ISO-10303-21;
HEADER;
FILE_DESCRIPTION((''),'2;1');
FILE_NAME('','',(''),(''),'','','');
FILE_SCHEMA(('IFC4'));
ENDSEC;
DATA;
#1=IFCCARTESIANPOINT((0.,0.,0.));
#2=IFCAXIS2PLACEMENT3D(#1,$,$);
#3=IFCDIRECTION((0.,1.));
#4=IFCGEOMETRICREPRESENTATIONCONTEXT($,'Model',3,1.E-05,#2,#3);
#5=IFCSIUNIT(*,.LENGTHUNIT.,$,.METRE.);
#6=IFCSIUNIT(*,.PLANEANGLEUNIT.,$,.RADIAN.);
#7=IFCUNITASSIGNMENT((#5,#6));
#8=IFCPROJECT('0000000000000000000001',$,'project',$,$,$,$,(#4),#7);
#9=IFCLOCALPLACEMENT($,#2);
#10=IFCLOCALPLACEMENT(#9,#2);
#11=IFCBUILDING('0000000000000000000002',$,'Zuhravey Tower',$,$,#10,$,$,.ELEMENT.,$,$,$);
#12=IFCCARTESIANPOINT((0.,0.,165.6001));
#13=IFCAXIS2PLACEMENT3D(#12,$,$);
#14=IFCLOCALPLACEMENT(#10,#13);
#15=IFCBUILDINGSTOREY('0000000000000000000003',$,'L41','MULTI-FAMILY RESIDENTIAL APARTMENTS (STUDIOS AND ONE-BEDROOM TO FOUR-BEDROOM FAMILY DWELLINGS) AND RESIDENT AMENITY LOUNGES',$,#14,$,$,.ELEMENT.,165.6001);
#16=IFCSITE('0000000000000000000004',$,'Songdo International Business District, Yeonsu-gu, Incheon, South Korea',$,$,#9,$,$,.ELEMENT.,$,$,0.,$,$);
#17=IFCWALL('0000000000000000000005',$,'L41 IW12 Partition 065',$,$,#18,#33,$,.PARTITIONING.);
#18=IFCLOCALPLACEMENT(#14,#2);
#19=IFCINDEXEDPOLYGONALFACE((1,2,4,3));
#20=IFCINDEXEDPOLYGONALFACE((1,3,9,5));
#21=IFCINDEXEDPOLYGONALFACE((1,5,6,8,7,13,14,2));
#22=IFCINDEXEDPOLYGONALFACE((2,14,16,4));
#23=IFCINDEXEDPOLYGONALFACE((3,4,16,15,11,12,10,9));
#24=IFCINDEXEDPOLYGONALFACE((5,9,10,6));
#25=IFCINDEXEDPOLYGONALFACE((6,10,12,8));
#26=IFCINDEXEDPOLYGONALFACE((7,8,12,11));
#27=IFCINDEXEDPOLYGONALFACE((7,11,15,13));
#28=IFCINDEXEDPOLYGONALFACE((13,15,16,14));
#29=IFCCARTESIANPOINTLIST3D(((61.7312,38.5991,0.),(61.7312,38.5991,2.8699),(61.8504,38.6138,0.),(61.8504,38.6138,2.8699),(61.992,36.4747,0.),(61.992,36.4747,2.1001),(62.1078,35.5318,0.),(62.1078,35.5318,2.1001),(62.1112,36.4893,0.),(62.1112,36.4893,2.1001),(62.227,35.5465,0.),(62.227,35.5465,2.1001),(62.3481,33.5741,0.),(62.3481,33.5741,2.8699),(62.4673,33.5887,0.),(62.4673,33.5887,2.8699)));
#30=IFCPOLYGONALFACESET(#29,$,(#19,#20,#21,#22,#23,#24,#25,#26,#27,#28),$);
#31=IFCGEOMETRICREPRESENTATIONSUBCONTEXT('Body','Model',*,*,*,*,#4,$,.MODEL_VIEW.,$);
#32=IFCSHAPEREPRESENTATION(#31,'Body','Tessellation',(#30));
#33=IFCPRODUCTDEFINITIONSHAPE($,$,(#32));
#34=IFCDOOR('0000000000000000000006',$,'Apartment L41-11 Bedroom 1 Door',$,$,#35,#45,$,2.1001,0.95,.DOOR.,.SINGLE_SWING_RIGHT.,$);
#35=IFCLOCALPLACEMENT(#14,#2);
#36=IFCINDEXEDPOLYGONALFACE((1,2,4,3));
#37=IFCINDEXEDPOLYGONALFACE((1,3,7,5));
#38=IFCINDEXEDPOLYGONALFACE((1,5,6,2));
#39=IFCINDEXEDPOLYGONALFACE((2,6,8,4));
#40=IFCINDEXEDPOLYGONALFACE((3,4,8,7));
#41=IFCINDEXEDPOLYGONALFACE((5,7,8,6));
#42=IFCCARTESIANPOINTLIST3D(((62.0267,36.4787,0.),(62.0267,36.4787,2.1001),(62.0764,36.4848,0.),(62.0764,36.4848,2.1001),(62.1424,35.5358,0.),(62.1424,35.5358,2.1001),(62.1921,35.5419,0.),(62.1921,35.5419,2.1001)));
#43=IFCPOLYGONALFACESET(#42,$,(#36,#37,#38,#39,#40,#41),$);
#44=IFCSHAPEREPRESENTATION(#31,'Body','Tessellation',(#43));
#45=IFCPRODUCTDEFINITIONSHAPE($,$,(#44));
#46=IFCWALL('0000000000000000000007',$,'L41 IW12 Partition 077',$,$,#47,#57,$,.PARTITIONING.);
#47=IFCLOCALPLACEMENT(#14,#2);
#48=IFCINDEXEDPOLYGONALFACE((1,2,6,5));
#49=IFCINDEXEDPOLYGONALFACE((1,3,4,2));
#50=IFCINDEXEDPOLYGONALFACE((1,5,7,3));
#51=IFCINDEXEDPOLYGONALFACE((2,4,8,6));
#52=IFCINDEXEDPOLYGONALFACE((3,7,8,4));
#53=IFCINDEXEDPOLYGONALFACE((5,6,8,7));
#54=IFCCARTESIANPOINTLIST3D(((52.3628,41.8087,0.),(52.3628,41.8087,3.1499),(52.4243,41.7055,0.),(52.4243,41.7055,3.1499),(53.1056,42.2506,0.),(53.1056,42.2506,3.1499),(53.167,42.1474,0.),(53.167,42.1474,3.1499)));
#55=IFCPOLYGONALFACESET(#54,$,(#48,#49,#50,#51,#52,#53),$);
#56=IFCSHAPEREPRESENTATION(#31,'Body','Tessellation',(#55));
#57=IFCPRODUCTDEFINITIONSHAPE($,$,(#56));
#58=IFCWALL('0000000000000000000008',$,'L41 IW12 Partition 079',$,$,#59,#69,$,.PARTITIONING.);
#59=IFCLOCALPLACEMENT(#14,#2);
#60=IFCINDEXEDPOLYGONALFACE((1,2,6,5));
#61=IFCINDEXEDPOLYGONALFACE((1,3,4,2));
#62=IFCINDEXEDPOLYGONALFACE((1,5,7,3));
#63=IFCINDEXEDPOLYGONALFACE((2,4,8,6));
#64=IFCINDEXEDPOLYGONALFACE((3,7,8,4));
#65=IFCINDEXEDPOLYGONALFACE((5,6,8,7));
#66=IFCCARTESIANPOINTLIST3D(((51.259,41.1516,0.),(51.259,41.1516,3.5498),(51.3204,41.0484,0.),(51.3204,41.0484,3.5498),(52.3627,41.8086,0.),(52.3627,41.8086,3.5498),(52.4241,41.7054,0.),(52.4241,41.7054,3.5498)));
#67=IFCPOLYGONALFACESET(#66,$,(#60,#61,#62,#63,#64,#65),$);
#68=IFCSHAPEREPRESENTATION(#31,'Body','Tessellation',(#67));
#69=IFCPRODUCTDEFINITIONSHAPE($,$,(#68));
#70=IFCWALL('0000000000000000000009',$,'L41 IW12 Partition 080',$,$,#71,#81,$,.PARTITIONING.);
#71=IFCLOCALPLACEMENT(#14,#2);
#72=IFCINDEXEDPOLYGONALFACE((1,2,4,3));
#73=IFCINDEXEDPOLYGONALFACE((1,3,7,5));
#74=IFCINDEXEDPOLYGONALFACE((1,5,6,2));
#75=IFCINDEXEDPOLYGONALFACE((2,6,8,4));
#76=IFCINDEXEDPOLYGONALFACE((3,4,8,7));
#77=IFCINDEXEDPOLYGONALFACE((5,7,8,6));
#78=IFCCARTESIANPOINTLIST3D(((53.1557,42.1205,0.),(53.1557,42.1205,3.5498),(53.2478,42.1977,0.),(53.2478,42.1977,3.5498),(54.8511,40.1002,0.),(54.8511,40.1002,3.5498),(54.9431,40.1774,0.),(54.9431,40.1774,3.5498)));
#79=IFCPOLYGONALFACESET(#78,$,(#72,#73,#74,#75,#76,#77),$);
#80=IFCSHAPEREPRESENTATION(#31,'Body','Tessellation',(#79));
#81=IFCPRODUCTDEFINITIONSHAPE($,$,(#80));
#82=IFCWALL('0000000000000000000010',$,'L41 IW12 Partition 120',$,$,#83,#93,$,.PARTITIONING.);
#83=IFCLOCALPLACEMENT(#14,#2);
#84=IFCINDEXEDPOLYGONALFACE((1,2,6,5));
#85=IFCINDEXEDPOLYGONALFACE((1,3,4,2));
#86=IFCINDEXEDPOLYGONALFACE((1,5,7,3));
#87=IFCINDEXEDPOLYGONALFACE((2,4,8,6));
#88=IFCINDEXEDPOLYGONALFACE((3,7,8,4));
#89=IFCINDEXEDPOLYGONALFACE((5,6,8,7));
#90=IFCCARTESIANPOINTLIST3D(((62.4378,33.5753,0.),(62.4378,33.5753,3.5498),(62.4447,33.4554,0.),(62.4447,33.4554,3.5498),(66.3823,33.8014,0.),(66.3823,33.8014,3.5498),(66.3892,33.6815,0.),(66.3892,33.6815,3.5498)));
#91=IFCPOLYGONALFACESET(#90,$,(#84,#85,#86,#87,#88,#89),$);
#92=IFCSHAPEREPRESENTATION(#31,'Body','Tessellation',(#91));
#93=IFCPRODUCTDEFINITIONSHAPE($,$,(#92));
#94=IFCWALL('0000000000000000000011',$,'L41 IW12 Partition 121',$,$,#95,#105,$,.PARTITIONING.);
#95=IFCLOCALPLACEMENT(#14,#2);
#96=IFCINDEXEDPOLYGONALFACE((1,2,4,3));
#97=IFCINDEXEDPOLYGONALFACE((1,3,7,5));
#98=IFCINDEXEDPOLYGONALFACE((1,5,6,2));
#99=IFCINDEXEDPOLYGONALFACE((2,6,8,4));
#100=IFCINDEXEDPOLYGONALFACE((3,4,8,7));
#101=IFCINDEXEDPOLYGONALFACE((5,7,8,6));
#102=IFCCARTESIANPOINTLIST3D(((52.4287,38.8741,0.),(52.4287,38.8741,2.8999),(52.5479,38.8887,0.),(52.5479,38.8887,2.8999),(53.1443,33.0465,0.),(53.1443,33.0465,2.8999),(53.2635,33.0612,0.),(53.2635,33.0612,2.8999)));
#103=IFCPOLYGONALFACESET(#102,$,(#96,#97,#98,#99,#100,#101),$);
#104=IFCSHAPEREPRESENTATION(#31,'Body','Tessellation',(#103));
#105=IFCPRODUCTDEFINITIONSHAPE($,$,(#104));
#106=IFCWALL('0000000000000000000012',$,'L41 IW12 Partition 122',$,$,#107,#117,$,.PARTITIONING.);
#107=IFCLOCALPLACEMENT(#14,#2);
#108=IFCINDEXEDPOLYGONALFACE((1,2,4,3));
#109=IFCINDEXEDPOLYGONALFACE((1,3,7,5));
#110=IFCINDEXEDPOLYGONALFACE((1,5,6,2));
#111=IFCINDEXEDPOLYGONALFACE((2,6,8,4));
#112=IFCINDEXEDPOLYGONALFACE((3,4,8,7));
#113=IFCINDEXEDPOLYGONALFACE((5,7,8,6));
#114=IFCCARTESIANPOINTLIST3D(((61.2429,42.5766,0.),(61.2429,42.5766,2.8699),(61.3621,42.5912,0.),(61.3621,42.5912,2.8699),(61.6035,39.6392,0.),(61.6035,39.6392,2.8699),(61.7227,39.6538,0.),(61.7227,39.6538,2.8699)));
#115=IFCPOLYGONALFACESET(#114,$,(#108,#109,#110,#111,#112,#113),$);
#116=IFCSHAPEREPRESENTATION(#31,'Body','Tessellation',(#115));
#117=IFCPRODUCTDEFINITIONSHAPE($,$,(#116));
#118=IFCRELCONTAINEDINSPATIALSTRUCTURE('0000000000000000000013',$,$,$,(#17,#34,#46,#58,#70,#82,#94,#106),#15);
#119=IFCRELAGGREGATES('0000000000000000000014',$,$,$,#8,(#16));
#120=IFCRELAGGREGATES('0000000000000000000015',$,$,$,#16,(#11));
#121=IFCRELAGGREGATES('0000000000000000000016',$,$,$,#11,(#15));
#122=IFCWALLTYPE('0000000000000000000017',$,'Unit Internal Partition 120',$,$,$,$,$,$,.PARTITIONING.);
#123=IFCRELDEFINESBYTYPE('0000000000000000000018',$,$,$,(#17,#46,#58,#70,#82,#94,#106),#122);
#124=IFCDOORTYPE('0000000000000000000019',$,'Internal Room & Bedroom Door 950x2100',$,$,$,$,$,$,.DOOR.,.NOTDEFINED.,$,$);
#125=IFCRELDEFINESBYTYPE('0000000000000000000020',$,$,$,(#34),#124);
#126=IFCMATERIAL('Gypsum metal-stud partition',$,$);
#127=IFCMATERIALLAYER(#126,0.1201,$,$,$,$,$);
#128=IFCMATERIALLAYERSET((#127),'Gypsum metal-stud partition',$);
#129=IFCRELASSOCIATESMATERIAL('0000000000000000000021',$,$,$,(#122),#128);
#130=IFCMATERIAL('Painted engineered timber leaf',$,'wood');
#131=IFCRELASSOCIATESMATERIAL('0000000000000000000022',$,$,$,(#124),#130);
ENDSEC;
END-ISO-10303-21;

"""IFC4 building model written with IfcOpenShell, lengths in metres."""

from ifc_helpers import new_model, si_unit, direction, frame, frame_2d, origin, place, context, subcontext, project, spatial, rectangle, extrude, material, layer, layer_set, type_object, element, fill, save


model = new_model("IFC4")

# Units and contexts
model_context = context("Model", 3, precision=1e-05, world=origin(), true_north=direction((0.0, 1.0)))
body_context = subcontext(model_context, "Body", "Model", "MODEL_VIEW")
ifc_project = project(units=[si_unit("LENGTHUNIT", "METRE"), si_unit("PLANEANGLEUNIT", "RADIAN")], contexts=[model_context])

# Site, building, storey
site_placement = place(None, origin())
site = spatial("IfcSite", under=ifc_project, at=site_placement, Name="Songdo International Business District, Yeonsu-gu, Incheon, South Korea", CompositionType="ELEMENT", RefElevation=0.0)
building_placement = place(site_placement, origin())
building = spatial("IfcBuilding", under=site, at=building_placement, Name="Zuhravey Tower", CompositionType="ELEMENT")
storey_placement = place(building_placement, frame((0.0, 0.0, 165.6001)))
storey = spatial("IfcBuildingStorey", under=building, at=storey_placement, Name="L41", Description="MULTI-FAMILY RESIDENTIAL APARTMENTS (STUDIOS AND ONE-BEDROOM TO FOUR-BEDROOM FAMILY DWELLINGS) AND RESIDENT AMENITY LOUNGES", CompositionType="ELEMENT", Elevation=165.6001)

# Wall, opening, door
ifc_material_1 = material(Name="Gypsum metal-stud partition")
ifc_layer_1 = layer(ifc_material_1, 0.1201)
ifc_layer_set_1 = layer_set([ifc_layer_1], Name="Gypsum metal-stud partition")
wall_type_1 = type_object("IfcWallType", Name="Unit Internal Partition 120", PredefinedType="PARTITIONING", material=ifc_layer_set_1)
ifc_material_2 = material(Name="Painted engineered timber leaf", Category="wood")
door_type_1 = type_object("IfcDoorType", Name="Internal Room & Bedroom Door 950x2100", OperationType="NOTDEFINED", PredefinedType="DOOR", material=ifc_material_2)
wall_1_placement = place(storey_placement, frame((62.4077, 33.5815, 0.0), z_axis=(0.0, 0.0, 1.0), x_axis=(-0.121862, 0.992547, 0.0)))
wall_1 = element("IfcWall", 1, at=wall_1_placement, inside=storey, type_object=wall_type_1, Name="L41 IW12 Partition 065", PredefinedType="PARTITIONING", context=body_context, shape_type="SweptSolid", body=[
    extrude(rectangle(XDim=5.0627, YDim=0.1201, at=frame_2d((2.5312, 0.0))), origin(), (0.0, 0.0, 1.0), 2.8699),
])
opening_1_placement = place(wall_1_placement, frame((1.9722, 0.0, 0.0)))
opening_1 = element("IfcOpeningElement", 2, at=opening_1_placement, cuts=wall_1, PredefinedType="OPENING", context=body_context, shape_type="SweptSolid", body=[
    extrude(rectangle(XDim=0.95, YDim=2.1001, at=frame_2d((0.4751, 1.05))), frame((0.0, 0.072, 0.0), z_axis=(0.0, -1.0, 0.0), x_axis=(1.0, 0.0, 0.0)), (0.0, 0.0, 1.0), 0.144),
])
door_1_placement = place(opening_1_placement, frame((0.95, 0.0, 0.0), z_axis=(0.0, 0.0, 1.0), x_axis=(-1.0, 0.0, 0.0)))
door_1 = element("IfcDoor", 3, at=door_1_placement, inside=storey, type_object=door_type_1, Name="Apartment L41-11 Bedroom 1 Door", OperationType="SINGLE_SWING_RIGHT", OverallHeight=2.1001, OverallWidth=0.95, PredefinedType="DOOR", context=body_context, shape_type="SweptSolid", body=[
    extrude(rectangle(XDim=0.95, YDim=2.1001, at=frame_2d((0.4751, 1.05))), frame((0.0, 0.0249, 0.0), z_axis=(0.0, -1.0, 0.0), x_axis=(1.0, 0.0, 0.0)), (0.0, 0.0, 1.0), 0.05),
])
fill(opening_1, door_1)

# Walls
wall_2_placement = place(storey_placement, frame((52.3936, 41.7571, 0.0), z_axis=(0.0, 0.0, 1.0), x_axis=(0.859382, 0.511335, 0.0)))
element("IfcWall", 4, at=wall_2_placement, inside=storey, type_object=wall_type_1, Name="L41 IW12 Partition 077", PredefinedType="PARTITIONING", context=body_context, shape_type="SweptSolid", body=[
    extrude(rectangle(XDim=0.8643, YDim=0.1201, at=frame_2d((0.4321, 0.0))), origin(), (0.0, 0.0, 1.0), 3.1499),
])
wall_3_placement = place(storey_placement, frame((51.2898, 41.1001, 0.0), z_axis=(0.0, 0.0, 1.0), x_axis=(0.859299, 0.511474, 0.0)))
element("IfcWall", 5, at=wall_3_placement, inside=storey, type_object=wall_type_1, Name="L41 IW12 Partition 079", PredefinedType="PARTITIONING", context=body_context, shape_type="SweptSolid", body=[
    extrude(rectangle(XDim=1.2844, YDim=0.1201, at=frame_2d((0.6421, 0.0))), origin(), (0.0, 0.0, 1.0), 3.5498),
])
wall_4_placement = place(storey_placement, frame((54.8972, 40.1387, 0.0), z_axis=(0.0, 0.0, 1.0), x_axis=(-0.642812, 0.766024, 0.0)))
element("IfcWall", 6, at=wall_4_placement, inside=storey, type_object=wall_type_1, Name="L41 IW12 Partition 080", PredefinedType="PARTITIONING", context=body_context, shape_type="SweptSolid", body=[
    extrude(rectangle(XDim=2.6375, YDim=0.1201, at=frame_2d((1.3188, 0.0))), origin(), (0.0, 0.0, 1.0), 3.5498),
])
wall_5_placement = place(storey_placement, frame((62.4412, 33.5154, 0.0), z_axis=(0.0, 0.0, 1.0), x_axis=(0.998361, 0.057222, 0.0)))
element("IfcWall", 7, at=wall_5_placement, inside=storey, type_object=wall_type_1, Name="L41 IW12 Partition 120", PredefinedType="PARTITIONING", context=body_context, shape_type="SweptSolid", body=[
    extrude(rectangle(XDim=3.9509, YDim=0.1201, at=frame_2d((1.9756, 0.0))), origin(), (0.0, 0.0, 1.0), 3.5498),
])
wall_6_placement = place(storey_placement, frame((53.2039, 33.054, 0.0), z_axis=(0.0, 0.0, 1.0), x_axis=(-0.121875, 0.992545, 0.0)))
element("IfcWall", 8, at=wall_6_placement, inside=storey, type_object=wall_type_1, Name="L41 IW12 Partition 121", PredefinedType="PARTITIONING", context=body_context, shape_type="SweptSolid", body=[
    extrude(rectangle(XDim=5.8713, YDim=0.1201, at=frame_2d((2.9355, 0.0))), origin(), (0.0, 0.0, 1.0), 2.8999),
])
wall_7_placement = place(storey_placement, frame((61.6631, 39.6465, 0.0), z_axis=(0.0, 0.0, 1.0), x_axis=(-0.121841, 0.99255, 0.0)))
element("IfcWall", 9, at=wall_7_placement, inside=storey, type_object=wall_type_1, Name="L41 IW12 Partition 122", PredefinedType="PARTITIONING", context=body_context, shape_type="SweptSolid", body=[
    extrude(rectangle(XDim=2.9595, YDim=0.1201, at=frame_2d((1.4797, 0.0))), origin(), (0.0, 0.0, 1.0), 2.8699),
])

save(model, "model.ifc")
